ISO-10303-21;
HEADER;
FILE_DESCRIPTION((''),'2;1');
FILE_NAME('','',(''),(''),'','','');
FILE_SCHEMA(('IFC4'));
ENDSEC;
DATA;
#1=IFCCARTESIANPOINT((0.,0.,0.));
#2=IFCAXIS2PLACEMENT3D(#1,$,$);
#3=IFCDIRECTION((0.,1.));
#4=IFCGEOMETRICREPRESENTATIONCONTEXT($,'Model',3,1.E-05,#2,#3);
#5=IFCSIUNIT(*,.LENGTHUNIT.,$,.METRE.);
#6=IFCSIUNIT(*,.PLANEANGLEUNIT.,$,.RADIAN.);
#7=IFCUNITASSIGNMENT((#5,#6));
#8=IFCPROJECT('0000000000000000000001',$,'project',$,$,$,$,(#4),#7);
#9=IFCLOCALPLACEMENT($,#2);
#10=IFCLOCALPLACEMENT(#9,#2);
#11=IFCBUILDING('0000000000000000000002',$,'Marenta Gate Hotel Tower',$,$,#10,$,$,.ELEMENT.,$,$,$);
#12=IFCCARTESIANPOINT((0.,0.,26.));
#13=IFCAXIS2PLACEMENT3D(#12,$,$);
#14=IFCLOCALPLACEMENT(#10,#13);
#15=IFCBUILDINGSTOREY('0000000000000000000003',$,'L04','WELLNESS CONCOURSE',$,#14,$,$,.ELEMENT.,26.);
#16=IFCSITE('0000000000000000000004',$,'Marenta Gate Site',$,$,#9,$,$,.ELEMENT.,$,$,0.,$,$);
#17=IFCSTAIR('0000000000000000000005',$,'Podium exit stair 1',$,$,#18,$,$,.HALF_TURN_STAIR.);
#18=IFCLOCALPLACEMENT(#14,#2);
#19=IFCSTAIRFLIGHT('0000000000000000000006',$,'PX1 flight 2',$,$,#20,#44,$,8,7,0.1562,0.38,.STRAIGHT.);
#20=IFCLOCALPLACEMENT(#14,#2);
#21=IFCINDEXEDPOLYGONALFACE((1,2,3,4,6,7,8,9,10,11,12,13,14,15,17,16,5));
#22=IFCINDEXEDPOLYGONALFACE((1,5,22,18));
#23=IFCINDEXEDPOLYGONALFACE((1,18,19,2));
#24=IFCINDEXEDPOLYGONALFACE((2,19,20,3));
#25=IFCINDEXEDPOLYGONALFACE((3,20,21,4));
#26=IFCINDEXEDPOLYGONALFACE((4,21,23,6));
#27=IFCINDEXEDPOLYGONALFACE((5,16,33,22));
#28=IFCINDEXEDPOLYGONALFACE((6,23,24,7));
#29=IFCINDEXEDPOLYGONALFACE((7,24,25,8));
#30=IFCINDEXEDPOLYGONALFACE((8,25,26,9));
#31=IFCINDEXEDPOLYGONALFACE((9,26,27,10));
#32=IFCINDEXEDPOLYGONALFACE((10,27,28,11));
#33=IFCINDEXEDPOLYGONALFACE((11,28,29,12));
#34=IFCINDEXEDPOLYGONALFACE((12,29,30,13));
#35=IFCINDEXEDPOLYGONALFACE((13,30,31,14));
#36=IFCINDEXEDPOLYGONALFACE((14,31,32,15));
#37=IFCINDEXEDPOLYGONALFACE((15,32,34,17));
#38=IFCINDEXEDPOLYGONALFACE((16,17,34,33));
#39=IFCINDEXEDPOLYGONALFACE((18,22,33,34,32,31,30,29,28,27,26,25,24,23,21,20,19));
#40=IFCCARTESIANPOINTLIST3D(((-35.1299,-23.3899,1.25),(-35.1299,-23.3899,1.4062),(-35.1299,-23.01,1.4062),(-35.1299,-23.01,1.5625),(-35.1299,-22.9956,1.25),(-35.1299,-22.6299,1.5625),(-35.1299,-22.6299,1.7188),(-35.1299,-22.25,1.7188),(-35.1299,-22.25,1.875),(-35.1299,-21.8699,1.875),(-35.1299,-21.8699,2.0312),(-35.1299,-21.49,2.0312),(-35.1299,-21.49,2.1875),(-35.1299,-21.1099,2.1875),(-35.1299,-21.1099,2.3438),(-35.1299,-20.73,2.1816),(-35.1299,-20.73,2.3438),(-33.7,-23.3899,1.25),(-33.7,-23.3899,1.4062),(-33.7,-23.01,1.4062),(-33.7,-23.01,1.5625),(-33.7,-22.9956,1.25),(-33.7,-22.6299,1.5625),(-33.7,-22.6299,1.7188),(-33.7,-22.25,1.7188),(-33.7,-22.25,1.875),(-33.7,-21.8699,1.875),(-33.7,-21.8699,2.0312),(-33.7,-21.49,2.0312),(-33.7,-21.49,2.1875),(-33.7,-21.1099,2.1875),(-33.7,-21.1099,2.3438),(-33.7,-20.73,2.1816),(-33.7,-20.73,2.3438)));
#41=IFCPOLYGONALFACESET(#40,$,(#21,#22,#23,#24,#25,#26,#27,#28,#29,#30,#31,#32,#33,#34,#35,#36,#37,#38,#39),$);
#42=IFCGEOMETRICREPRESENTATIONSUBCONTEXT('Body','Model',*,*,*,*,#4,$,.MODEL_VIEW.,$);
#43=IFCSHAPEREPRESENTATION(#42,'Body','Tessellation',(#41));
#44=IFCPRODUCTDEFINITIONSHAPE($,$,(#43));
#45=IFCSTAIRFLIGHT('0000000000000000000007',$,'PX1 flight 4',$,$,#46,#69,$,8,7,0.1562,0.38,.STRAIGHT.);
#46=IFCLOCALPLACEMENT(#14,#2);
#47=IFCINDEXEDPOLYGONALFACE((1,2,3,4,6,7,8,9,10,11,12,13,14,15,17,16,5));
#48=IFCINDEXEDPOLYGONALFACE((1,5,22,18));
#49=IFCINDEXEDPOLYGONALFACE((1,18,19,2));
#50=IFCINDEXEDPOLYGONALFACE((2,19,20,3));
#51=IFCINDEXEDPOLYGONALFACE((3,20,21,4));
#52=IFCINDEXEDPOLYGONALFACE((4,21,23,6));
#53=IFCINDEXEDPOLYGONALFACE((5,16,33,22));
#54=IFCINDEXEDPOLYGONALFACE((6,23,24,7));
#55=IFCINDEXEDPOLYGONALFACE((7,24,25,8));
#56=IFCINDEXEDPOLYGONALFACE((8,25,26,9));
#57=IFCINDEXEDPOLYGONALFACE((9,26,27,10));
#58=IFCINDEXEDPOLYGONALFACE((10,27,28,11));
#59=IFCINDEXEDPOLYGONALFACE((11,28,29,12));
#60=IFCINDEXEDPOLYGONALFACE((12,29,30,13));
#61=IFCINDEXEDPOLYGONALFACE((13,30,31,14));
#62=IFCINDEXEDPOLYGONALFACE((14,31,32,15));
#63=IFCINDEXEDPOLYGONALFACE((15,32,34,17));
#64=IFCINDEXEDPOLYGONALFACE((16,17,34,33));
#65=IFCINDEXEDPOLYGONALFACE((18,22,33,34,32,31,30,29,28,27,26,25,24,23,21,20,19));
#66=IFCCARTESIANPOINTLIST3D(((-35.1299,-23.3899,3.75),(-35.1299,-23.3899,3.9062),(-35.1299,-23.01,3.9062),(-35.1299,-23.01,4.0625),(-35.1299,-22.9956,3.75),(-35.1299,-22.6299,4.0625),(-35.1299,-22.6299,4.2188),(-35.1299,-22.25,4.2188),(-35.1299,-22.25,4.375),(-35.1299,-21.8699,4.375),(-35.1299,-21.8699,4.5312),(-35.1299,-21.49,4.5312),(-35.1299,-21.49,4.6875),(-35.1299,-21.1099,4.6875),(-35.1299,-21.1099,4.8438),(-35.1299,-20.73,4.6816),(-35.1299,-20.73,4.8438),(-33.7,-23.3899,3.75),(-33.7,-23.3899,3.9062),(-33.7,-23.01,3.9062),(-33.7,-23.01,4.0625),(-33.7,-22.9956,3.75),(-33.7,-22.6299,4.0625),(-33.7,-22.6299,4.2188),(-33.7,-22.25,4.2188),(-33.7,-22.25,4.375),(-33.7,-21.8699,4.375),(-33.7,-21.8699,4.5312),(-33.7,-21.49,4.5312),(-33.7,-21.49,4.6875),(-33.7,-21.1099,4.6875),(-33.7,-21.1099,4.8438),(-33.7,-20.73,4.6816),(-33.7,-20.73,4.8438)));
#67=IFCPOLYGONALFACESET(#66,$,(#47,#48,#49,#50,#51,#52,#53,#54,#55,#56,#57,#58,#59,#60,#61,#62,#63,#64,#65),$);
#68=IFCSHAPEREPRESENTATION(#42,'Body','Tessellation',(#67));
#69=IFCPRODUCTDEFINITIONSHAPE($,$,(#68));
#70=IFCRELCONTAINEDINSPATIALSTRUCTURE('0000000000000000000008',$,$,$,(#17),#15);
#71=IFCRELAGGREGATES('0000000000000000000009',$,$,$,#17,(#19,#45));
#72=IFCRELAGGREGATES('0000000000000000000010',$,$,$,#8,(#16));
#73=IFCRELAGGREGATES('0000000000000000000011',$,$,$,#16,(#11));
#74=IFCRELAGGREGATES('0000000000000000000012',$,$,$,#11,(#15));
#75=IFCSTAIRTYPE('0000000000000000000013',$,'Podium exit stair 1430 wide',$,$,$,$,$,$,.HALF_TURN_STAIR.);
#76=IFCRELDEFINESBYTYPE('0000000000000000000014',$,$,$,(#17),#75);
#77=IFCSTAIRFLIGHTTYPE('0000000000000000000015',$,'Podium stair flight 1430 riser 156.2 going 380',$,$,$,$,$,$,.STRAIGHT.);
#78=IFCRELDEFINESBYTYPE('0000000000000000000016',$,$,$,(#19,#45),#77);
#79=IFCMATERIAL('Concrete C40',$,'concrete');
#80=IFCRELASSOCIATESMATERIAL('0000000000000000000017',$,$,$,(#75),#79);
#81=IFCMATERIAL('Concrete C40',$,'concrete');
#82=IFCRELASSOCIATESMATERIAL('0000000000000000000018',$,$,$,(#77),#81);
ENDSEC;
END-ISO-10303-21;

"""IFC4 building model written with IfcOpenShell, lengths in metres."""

from ifc_helpers import new_model, si_unit, direction, frame, origin, place, context, subcontext, project, spatial, polyline, outline, extrude, material, type_object, element, aggregate, save


model = new_model("IFC4")

# Units and contexts
model_context = context("Model", 3, precision=1e-05, world=origin(), true_north=direction((0.0, 1.0)))
body_context = subcontext(model_context, "Body", "Model", "MODEL_VIEW")
ifc_project = project(units=[si_unit("LENGTHUNIT", "METRE"), si_unit("PLANEANGLEUNIT", "RADIAN")], contexts=[model_context])

# Site, building, storey
site_placement = place(None, origin())
site = spatial("IfcSite", under=ifc_project, at=site_placement, Name="Marenta Gate Site", CompositionType="ELEMENT", RefElevation=0.0)
building_placement = place(site_placement, origin())
building = spatial("IfcBuilding", under=site, at=building_placement, Name="Marenta Gate Hotel Tower", CompositionType="ELEMENT")
storey_placement = place(building_placement, frame((0.0, 0.0, 26.0)))
storey = spatial("IfcBuildingStorey", under=building, at=storey_placement, Name="L04", Description="WELLNESS CONCOURSE", CompositionType="ELEMENT", Elevation=26.0)

# Stair, stair flights
ifc_material_1 = material(Name="Concrete C40", Category="concrete")
stair_type = type_object("IfcStairType", Name="Podium exit stair 1430 wide", PredefinedType="HALF_TURN_STAIR", material=ifc_material_1)
stair_placement = place(storey_placement, origin())
stair = element("IfcStair", 1, at=stair_placement, inside=storey, type_object=stair_type, Name="Podium exit stair 1", PredefinedType="HALF_TURN_STAIR")
ifc_material_2 = material(Name="Concrete C40", Category="concrete")
stair_flight_type = type_object("IfcStairFlightType", Name="Podium stair flight 1430 riser 156.2 going 380", PredefinedType="STRAIGHT", material=ifc_material_2)
stair_flight_1_placement = place(storey_placement, frame((-34.415, -23.3899, 1.25), z_axis=(0.0, 0.0, 1.0), x_axis=(0.0, 1.0, 0.0)))
stair_flight_1 = element("IfcStairFlight", 2, at=stair_flight_1_placement, type_object=stair_flight_type, Name="PX1 flight 2", NumberOfRisers=8, NumberOfTreads=7, PredefinedType="STRAIGHT", RiserHeight=0.1562, TreadLength=0.38, context=body_context, shape_type="SweptSolid", body=[
    extrude(outline(polyline([(0.0, 0.0), (0.0, 0.1562), (0.3799, 0.1562), (0.3799, 0.3125), (0.76, 0.3125), (0.76, 0.4688), (1.1399, 0.4688), (1.1399, 0.625), (1.52, 0.625), (1.52, 0.7812), (1.8999, 0.7812), (1.8999, 0.9375), (2.28, 0.9375), (2.28, 1.0938), (2.6599, 1.0938), (2.6599, 1.25), (2.6599, 0.9316), (0.3943, 0.0), (0.0, 0.0)])), frame((0.0, 0.7148, 0.0), z_axis=(0.0, -1.0, 0.0), x_axis=(1.0, 0.0, 0.0)), (0.0, 0.0, 1.0), 1.4299),
])
stair_flight_2_placement = place(storey_placement, frame((-34.415, -23.3899, 3.75), z_axis=(0.0, 0.0, 1.0), x_axis=(0.0, 1.0, 0.0)))
stair_flight_2 = element("IfcStairFlight", 3, at=stair_flight_2_placement, type_object=stair_flight_type, Name="PX1 flight 4", NumberOfRisers=8, NumberOfTreads=7, PredefinedType="STRAIGHT", RiserHeight=0.1562, TreadLength=0.38, context=body_context, shape_type="SweptSolid", body=[
    extrude(outline(polyline([(0.0, 0.0), (0.0, 0.1562), (0.3799, 0.1562), (0.3799, 0.3125), (0.76, 0.3125), (0.76, 0.4688), (1.1399, 0.4688), (1.1399, 0.625), (1.52, 0.625), (1.52, 0.7812), (1.8999, 0.7812), (1.8999, 0.9375), (2.28, 0.9375), (2.28, 1.0938), (2.6599, 1.0938), (2.6599, 1.25), (2.6599, 0.9316), (0.3943, 0.0), (0.0, 0.0)])), frame((0.0, 0.7148, 0.0), z_axis=(0.0, -1.0, 0.0), x_axis=(1.0, 0.0, 0.0)), (0.0, 0.0, 1.0), 1.4299),
])
aggregate(stair, [stair_flight_1, stair_flight_2])

save(model, "model.ifc")
